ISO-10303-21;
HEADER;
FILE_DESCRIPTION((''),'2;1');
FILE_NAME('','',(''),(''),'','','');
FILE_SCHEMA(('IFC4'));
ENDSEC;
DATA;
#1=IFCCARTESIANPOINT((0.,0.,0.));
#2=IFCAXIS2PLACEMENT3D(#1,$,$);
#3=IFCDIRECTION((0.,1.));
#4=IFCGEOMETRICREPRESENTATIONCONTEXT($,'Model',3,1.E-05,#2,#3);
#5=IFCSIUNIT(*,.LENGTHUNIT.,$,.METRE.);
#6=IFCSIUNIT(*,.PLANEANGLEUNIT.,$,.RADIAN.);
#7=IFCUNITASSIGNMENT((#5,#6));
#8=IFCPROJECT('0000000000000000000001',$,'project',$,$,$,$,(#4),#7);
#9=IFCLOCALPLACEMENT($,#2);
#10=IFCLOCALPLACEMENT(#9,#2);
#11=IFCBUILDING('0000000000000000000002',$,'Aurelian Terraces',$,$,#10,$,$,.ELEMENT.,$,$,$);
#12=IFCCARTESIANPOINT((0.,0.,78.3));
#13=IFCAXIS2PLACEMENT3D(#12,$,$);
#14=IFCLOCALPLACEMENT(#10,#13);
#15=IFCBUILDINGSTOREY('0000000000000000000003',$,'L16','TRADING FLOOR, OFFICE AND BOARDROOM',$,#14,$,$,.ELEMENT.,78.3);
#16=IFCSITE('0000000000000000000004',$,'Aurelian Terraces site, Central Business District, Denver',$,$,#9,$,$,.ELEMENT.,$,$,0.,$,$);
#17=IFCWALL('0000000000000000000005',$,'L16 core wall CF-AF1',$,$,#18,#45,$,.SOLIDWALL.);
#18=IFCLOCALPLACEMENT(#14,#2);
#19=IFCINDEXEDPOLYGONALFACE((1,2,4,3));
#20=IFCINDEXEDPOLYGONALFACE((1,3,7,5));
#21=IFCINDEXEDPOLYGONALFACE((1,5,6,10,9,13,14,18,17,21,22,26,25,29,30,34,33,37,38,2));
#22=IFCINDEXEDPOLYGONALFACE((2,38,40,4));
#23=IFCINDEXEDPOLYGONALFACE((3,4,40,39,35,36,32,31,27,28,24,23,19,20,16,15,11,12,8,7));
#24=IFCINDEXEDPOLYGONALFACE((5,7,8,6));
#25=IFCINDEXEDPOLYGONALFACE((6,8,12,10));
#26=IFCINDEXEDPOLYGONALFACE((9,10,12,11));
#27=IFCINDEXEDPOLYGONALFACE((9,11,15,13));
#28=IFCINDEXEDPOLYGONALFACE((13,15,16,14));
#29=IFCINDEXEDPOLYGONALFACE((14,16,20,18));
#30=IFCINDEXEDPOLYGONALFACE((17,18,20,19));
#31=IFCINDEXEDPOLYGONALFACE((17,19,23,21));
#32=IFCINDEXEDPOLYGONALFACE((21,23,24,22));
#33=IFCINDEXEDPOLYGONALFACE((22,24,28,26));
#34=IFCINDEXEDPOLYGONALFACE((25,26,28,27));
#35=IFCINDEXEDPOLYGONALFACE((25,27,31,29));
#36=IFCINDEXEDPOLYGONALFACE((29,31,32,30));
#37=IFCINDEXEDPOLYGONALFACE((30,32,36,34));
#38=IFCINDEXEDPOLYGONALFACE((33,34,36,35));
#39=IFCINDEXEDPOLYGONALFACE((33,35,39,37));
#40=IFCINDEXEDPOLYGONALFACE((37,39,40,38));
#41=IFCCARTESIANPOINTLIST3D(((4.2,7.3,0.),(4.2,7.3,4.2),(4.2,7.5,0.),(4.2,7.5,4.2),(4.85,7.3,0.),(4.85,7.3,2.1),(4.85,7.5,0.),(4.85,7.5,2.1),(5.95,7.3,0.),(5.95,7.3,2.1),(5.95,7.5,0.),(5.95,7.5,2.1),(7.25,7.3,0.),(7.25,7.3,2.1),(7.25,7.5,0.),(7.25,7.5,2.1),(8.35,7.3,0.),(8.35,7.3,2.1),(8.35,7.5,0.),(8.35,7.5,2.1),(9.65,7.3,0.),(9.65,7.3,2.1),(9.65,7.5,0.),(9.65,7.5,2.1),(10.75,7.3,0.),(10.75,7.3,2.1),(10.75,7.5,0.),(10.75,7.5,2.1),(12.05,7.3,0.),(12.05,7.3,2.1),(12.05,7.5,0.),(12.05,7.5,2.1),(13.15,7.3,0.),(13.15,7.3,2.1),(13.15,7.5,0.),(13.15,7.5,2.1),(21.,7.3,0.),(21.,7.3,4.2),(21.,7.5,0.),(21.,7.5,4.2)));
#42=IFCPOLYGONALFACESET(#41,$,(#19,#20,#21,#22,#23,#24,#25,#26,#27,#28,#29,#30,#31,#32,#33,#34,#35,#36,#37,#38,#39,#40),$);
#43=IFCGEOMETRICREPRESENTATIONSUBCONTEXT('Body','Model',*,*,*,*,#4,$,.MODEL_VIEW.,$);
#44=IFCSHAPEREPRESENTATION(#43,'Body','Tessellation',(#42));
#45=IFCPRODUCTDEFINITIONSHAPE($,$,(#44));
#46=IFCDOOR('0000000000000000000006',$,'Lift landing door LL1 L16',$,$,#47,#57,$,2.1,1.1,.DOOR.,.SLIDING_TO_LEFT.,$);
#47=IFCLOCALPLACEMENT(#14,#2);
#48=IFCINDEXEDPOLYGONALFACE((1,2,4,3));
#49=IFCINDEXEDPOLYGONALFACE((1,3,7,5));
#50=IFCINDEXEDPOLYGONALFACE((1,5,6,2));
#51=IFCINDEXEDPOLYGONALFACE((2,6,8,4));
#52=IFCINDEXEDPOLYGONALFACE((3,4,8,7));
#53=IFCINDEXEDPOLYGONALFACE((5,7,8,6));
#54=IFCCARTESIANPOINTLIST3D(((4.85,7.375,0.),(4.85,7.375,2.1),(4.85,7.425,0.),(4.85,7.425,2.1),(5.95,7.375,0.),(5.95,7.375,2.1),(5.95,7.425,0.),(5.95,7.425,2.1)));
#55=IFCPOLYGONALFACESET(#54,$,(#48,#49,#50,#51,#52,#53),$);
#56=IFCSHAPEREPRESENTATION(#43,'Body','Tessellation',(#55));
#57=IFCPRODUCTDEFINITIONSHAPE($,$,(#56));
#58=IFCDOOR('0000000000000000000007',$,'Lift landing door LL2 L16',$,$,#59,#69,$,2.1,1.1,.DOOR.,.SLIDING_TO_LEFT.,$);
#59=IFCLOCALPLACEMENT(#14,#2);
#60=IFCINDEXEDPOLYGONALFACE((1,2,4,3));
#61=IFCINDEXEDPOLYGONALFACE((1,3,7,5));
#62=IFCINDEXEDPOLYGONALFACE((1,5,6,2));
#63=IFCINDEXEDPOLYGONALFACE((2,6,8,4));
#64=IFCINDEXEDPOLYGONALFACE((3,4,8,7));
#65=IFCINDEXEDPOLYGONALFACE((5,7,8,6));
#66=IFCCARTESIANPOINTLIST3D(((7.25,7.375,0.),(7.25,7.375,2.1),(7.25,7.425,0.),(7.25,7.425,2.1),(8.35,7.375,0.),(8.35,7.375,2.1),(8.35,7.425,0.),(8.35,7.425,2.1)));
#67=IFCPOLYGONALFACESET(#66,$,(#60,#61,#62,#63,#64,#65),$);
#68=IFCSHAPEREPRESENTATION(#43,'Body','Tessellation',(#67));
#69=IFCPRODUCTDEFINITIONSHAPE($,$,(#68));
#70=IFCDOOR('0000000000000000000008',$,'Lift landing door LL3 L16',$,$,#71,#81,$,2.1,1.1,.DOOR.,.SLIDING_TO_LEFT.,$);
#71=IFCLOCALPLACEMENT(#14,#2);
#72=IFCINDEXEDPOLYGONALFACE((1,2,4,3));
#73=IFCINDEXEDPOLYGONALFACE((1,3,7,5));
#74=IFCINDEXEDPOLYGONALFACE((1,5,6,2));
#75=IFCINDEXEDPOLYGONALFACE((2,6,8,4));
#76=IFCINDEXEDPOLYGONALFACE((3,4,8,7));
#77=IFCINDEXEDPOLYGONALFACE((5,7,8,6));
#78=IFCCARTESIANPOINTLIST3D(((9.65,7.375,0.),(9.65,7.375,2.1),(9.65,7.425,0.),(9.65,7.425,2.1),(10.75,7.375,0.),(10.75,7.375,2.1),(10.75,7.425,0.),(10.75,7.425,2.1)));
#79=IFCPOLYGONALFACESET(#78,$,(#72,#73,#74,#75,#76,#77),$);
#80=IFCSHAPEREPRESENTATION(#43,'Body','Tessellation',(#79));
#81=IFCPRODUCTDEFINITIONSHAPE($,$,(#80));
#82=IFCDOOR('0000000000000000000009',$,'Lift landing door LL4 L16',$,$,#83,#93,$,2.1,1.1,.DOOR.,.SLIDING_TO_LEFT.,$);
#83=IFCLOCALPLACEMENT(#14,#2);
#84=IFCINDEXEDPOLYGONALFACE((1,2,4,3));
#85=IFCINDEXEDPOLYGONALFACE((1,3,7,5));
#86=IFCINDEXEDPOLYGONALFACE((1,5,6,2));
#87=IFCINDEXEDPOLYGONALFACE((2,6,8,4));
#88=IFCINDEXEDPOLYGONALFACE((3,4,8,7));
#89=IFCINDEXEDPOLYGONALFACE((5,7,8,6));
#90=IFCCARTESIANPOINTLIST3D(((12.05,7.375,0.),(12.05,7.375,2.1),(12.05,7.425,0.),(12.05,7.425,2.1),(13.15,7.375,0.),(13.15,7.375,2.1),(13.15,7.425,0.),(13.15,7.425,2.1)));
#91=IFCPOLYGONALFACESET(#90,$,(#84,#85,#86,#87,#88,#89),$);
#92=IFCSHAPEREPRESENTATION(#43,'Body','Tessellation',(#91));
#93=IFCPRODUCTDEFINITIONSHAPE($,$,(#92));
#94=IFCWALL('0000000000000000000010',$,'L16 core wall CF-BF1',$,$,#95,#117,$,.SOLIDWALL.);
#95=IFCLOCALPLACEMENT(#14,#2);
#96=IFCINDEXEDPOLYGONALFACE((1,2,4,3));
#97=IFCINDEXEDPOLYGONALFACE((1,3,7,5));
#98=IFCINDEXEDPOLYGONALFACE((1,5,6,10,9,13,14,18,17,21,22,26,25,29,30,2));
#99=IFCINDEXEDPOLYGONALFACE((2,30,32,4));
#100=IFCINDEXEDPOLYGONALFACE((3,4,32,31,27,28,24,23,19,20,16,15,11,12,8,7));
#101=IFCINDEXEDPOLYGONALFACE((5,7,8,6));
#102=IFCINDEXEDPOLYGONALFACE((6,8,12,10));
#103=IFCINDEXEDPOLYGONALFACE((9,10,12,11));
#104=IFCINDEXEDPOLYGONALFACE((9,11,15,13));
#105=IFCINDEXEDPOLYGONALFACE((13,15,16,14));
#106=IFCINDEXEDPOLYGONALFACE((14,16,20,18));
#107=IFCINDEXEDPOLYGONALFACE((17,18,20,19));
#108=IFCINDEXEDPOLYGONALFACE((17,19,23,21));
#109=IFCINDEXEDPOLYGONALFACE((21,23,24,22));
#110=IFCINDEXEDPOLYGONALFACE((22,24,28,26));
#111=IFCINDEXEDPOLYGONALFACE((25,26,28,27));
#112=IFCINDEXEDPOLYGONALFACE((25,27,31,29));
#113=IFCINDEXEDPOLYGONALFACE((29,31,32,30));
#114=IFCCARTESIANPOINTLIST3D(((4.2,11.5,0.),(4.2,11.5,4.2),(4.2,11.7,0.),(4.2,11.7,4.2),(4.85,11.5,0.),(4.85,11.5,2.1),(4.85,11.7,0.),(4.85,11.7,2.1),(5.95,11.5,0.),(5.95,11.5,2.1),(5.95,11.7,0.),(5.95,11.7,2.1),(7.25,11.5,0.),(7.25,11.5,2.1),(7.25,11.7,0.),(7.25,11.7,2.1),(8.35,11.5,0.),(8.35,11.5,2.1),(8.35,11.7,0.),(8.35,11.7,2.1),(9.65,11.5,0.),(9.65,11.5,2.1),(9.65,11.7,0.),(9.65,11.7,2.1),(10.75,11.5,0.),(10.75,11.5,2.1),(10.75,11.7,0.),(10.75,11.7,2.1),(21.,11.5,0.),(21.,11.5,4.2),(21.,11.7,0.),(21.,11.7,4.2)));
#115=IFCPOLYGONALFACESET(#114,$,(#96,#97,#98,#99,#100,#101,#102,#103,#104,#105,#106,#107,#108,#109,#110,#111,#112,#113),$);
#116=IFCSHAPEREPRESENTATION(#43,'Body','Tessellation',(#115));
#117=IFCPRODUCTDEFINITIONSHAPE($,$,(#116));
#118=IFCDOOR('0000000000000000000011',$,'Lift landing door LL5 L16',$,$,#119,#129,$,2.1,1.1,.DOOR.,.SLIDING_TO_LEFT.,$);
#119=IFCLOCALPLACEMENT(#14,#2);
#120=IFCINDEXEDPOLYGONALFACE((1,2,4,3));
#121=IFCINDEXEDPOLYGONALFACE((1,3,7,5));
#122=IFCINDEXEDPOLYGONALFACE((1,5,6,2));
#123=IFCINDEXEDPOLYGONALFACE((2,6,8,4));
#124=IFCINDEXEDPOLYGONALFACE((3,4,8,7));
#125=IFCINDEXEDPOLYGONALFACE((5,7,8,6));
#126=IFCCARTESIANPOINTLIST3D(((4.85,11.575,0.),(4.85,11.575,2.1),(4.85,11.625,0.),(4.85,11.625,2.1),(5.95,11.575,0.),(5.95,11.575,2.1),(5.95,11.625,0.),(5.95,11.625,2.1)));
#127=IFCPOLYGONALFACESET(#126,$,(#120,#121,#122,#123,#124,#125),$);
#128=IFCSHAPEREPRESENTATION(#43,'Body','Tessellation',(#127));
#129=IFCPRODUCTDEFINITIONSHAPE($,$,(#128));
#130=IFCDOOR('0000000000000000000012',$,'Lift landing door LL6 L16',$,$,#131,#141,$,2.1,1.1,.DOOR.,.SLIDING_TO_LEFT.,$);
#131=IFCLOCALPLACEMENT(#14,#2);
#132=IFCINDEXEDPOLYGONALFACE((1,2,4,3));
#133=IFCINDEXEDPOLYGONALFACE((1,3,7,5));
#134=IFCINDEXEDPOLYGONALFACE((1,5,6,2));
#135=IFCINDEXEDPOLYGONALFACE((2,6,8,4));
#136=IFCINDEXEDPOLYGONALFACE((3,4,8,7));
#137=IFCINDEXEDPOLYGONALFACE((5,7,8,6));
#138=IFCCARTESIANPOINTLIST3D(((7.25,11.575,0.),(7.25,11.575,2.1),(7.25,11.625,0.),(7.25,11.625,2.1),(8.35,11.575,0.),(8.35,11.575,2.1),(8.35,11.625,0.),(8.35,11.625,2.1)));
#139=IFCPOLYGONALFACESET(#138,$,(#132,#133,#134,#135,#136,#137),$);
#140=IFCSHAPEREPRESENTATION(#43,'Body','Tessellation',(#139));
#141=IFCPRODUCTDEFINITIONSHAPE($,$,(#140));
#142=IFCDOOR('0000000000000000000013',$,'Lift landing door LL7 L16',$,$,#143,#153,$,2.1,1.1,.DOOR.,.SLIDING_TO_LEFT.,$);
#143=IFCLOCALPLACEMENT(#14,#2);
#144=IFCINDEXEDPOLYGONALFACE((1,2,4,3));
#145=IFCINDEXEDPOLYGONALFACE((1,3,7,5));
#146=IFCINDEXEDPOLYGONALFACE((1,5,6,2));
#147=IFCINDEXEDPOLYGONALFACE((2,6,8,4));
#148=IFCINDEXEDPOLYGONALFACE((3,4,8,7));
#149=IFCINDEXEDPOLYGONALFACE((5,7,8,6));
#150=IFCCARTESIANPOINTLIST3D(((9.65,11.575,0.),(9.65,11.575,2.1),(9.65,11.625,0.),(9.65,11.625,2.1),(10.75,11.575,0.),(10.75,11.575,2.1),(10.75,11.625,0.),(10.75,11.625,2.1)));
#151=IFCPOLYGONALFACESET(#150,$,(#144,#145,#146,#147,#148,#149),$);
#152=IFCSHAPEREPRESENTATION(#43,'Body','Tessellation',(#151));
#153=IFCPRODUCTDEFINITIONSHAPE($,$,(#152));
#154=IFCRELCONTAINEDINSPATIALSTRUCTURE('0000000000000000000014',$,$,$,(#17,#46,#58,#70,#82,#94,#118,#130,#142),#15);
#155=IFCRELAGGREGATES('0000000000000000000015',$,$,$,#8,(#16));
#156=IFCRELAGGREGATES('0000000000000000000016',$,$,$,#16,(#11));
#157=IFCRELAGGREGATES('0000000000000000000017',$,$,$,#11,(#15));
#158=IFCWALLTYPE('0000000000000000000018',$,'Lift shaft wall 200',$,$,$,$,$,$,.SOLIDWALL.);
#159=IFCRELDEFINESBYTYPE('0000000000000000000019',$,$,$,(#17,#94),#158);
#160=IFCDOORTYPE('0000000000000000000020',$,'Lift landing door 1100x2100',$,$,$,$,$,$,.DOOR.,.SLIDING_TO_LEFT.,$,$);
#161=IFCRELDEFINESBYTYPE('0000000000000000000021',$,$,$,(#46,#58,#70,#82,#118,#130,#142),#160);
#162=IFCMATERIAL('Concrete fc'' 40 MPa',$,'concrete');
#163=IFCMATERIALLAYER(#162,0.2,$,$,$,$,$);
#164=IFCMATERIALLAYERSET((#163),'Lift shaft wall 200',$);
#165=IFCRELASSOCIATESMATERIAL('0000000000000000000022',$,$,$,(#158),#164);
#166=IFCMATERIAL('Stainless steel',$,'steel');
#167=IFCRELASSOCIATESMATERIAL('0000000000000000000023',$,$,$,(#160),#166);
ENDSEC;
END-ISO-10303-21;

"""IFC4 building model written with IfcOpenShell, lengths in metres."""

from ifc_helpers import new_model, si_unit, direction, frame, frame_2d, origin, place, context, subcontext, project, spatial, rectangle, extrude, source, transform, mapped, material, layer, layer_set, type_object, element, fill, save


model = new_model("IFC4")

# Units and contexts
model_context = context("Model", 3, precision=1e-05, world=origin(), true_north=direction((0.0, 1.0)))
body_context = subcontext(model_context, "Body", "Model", "MODEL_VIEW")
ifc_project = project(units=[si_unit("LENGTHUNIT", "METRE"), si_unit("PLANEANGLEUNIT", "RADIAN")], contexts=[model_context])

# Site, building, storey
site_placement = place(None, origin())
site = spatial("IfcSite", under=ifc_project, at=site_placement, Name="Aurelian Terraces site, Central Business District, Denver", CompositionType="ELEMENT", RefElevation=0.0)
building_placement = place(site_placement, origin())
building = spatial("IfcBuilding", under=site, at=building_placement, Name="Aurelian Terraces", CompositionType="ELEMENT")
storey_placement = place(building_placement, frame((0.0, 0.0, 78.3)))
storey = spatial("IfcBuildingStorey", under=building, at=storey_placement, Name="L16", Description="TRADING FLOOR, OFFICE AND BOARDROOM", CompositionType="ELEMENT", Elevation=78.3)

# Walls, openings, doors
ifc_material_1 = material(Name="Concrete fc' 40 MPa", Category="concrete")
ifc_layer_1 = layer(ifc_material_1, 0.2)
ifc_layer_set_1 = layer_set([ifc_layer_1], Name="Lift shaft wall 200")
wall_type_1 = type_object("IfcWallType", Name="Lift shaft wall 200", PredefinedType="SOLIDWALL", material=ifc_layer_set_1)
shared_shape_1 = source(origin(), body_context, "Body", "SweptSolid", [
    extrude(rectangle(XDim=16.8, YDim=0.2, at=frame_2d((8.4, 0.0))), origin(), (0.0, 0.0, 1.0), 4.2),
])
wall_1_placement = place(storey_placement, frame((4.2, 7.4, 0.0), z_axis=(0.0, 0.0, 1.0), x_axis=(1.0, 0.0, 0.0)))
wall_1 = element("IfcWall", 1, at=wall_1_placement, inside=storey, type_object=wall_type_1, Name="L16 core wall CF-AF1", PredefinedType="SOLIDWALL", context=body_context, shape_type="MappedRepresentation", body=[
    mapped(shared_shape_1, transform((0.0, 0.0, 0.0), scale=1.0)),
])
shared_shape_2 = source(origin(), body_context, "Body", "SweptSolid", [
    extrude(rectangle(XDim=1.1, YDim=2.1, at=frame_2d((0.55, 1.05))), frame((0.0, 0.11, 0.0), z_axis=(0.0, -1.0, 0.0), x_axis=(1.0, 0.0, 0.0)), (0.0, 0.0, 1.0), 0.22),
])
opening_1_placement = place(wall_1_placement, frame((0.65, 0.0, 0.0)))
opening_1 = element("IfcOpeningElement", 2, at=opening_1_placement, cuts=wall_1, PredefinedType="OPENING", context=body_context, shape_type="MappedRepresentation", body=[
    mapped(shared_shape_2, transform((0.0, 0.0, 0.0), scale=1.0)),
])
opening_2_placement = place(wall_1_placement, frame((3.05, 0.0, 0.0)))
opening_2 = element("IfcOpeningElement", 3, at=opening_2_placement, cuts=wall_1, PredefinedType="OPENING", context=body_context, shape_type="MappedRepresentation", body=[
    mapped(shared_shape_2, transform((0.0, 0.0, 0.0), scale=1.0)),
])
opening_3_placement = place(wall_1_placement, frame((5.45, 0.0, 0.0)))
opening_3 = element("IfcOpeningElement", 4, at=opening_3_placement, cuts=wall_1, PredefinedType="OPENING", context=body_context, shape_type="MappedRepresentation", body=[
    mapped(shared_shape_2, transform((0.0, 0.0, 0.0), scale=1.0)),
])
opening_4_placement = place(wall_1_placement, frame((7.85, 0.0, 0.0)))
opening_4 = element("IfcOpeningElement", 5, at=opening_4_placement, cuts=wall_1, PredefinedType="OPENING", context=body_context, shape_type="MappedRepresentation", body=[
    mapped(shared_shape_2, transform((0.0, 0.0, 0.0), scale=1.0)),
])
ifc_material_2 = material(Name="Stainless steel", Category="steel")
door_type = type_object("IfcDoorType", Name="Lift landing door 1100x2100", OperationType="SLIDING_TO_LEFT", PredefinedType="DOOR", material=ifc_material_2)
shared_shape_3 = source(origin(), body_context, "Body", "SweptSolid", [
    extrude(rectangle(XDim=1.1, YDim=2.1, at=frame_2d((0.55, 1.05))), frame((0.0, 0.025, 0.0), z_axis=(0.0, -1.0, 0.0), x_axis=(1.0, 0.0, 0.0)), (0.0, 0.0, 1.0), 0.05),
])
door_1_placement = place(opening_1_placement, origin())
door_1 = element("IfcDoor", 6, at=door_1_placement, inside=storey, type_object=door_type, Name="Lift landing door LL1 L16", OperationType="SLIDING_TO_LEFT", OverallHeight=2.1, OverallWidth=1.1, PredefinedType="DOOR", context=body_context, shape_type="MappedRepresentation", body=[
    mapped(shared_shape_3, transform((0.0, 0.0, 0.0), scale=1.0)),
])
fill(opening_1, door_1)
door_2_placement = place(opening_2_placement, origin())
door_2 = element("IfcDoor", 7, at=door_2_placement, inside=storey, type_object=door_type, Name="Lift landing door LL2 L16", OperationType="SLIDING_TO_LEFT", OverallHeight=2.1, OverallWidth=1.1, PredefinedType="DOOR", context=body_context, shape_type="MappedRepresentation", body=[
    mapped(shared_shape_3, transform((0.0, 0.0, 0.0), scale=1.0)),
])
fill(opening_2, door_2)
door_3_placement = place(opening_3_placement, origin())
door_3 = element("IfcDoor", 8, at=door_3_placement, inside=storey, type_object=door_type, Name="Lift landing door LL3 L16", OperationType="SLIDING_TO_LEFT", OverallHeight=2.1, OverallWidth=1.1, PredefinedType="DOOR", context=body_context, shape_type="MappedRepresentation", body=[
    mapped(shared_shape_3, transform((0.0, 0.0, 0.0), scale=1.0)),
])
fill(opening_3, door_3)
door_4_placement = place(opening_4_placement, origin())
door_4 = element("IfcDoor", 9, at=door_4_placement, inside=storey, type_object=door_type, Name="Lift landing door LL4 L16", OperationType="SLIDING_TO_LEFT", OverallHeight=2.1, OverallWidth=1.1, PredefinedType="DOOR", context=body_context, shape_type="MappedRepresentation", body=[
    mapped(shared_shape_3, transform((0.0, 0.0, 0.0), scale=1.0)),
])
fill(opening_4, door_4)
wall_2_placement = place(storey_placement, frame((4.2, 11.6, 0.0), z_axis=(0.0, 0.0, 1.0), x_axis=(1.0, 0.0, 0.0)))
wall_2 = element("IfcWall", 10, at=wall_2_placement, inside=storey, type_object=wall_type_1, Name="L16 core wall CF-BF1", PredefinedType="SOLIDWALL", context=body_context, shape_type="MappedRepresentation", body=[
    mapped(shared_shape_1, transform((0.0, 0.0, 0.0), scale=1.0)),
])
opening_5_placement = place(wall_2_placement, frame((0.65, 0.0, 0.0)))
opening_5 = element("IfcOpeningElement", 11, at=opening_5_placement, cuts=wall_2, PredefinedType="OPENING", context=body_context, shape_type="MappedRepresentation", body=[
    mapped(shared_shape_2, transform((0.0, 0.0, 0.0), scale=1.0)),
])
opening_6_placement = place(wall_2_placement, frame((3.05, 0.0, 0.0)))
opening_6 = element("IfcOpeningElement", 12, at=opening_6_placement, cuts=wall_2, PredefinedType="OPENING", context=body_context, shape_type="MappedRepresentation", body=[
    mapped(shared_shape_2, transform((0.0, 0.0, 0.0), scale=1.0)),
])
opening_7_placement = place(wall_2_placement, frame((5.45, 0.0, 0.0)))
opening_7 = element("IfcOpeningElement", 13, at=opening_7_placement, cuts=wall_2, PredefinedType="OPENING", context=body_context, shape_type="MappedRepresentation", body=[
    mapped(shared_shape_2, transform((0.0, 0.0, 0.0), scale=1.0)),
])
door_5_placement = place(opening_5_placement, origin())
door_5 = element("IfcDoor", 14, at=door_5_placement, inside=storey, type_object=door_type, Name="Lift landing door LL5 L16", OperationType="SLIDING_TO_LEFT", OverallHeight=2.1, OverallWidth=1.1, PredefinedType="DOOR", context=body_context, shape_type="MappedRepresentation", body=[
    mapped(shared_shape_3, transform((0.0, 0.0, 0.0), scale=1.0)),
])
fill(opening_5, door_5)
door_6_placement = place(opening_6_placement, origin())
door_6 = element("IfcDoor", 15, at=door_6_placement, inside=storey, type_object=door_type, Name="Lift landing door LL6 L16", OperationType="SLIDING_TO_LEFT", OverallHeight=2.1, OverallWidth=1.1, PredefinedType="DOOR", context=body_context, shape_type="MappedRepresentation", body=[
    mapped(shared_shape_3, transform((0.0, 0.0, 0.0), scale=1.0)),
])
fill(opening_6, door_6)
door_7_placement = place(opening_7_placement, origin())
door_7 = element("IfcDoor", 16, at=door_7_placement, inside=storey, type_object=door_type, Name="Lift landing door LL7 L16", OperationType="SLIDING_TO_LEFT", OverallHeight=2.1, OverallWidth=1.1, PredefinedType="DOOR", context=body_context, shape_type="MappedRepresentation", body=[
    mapped(shared_shape_3, transform((0.0, 0.0, 0.0), scale=1.0)),
])
fill(opening_7, door_7)

save(model, "model.ifc")
